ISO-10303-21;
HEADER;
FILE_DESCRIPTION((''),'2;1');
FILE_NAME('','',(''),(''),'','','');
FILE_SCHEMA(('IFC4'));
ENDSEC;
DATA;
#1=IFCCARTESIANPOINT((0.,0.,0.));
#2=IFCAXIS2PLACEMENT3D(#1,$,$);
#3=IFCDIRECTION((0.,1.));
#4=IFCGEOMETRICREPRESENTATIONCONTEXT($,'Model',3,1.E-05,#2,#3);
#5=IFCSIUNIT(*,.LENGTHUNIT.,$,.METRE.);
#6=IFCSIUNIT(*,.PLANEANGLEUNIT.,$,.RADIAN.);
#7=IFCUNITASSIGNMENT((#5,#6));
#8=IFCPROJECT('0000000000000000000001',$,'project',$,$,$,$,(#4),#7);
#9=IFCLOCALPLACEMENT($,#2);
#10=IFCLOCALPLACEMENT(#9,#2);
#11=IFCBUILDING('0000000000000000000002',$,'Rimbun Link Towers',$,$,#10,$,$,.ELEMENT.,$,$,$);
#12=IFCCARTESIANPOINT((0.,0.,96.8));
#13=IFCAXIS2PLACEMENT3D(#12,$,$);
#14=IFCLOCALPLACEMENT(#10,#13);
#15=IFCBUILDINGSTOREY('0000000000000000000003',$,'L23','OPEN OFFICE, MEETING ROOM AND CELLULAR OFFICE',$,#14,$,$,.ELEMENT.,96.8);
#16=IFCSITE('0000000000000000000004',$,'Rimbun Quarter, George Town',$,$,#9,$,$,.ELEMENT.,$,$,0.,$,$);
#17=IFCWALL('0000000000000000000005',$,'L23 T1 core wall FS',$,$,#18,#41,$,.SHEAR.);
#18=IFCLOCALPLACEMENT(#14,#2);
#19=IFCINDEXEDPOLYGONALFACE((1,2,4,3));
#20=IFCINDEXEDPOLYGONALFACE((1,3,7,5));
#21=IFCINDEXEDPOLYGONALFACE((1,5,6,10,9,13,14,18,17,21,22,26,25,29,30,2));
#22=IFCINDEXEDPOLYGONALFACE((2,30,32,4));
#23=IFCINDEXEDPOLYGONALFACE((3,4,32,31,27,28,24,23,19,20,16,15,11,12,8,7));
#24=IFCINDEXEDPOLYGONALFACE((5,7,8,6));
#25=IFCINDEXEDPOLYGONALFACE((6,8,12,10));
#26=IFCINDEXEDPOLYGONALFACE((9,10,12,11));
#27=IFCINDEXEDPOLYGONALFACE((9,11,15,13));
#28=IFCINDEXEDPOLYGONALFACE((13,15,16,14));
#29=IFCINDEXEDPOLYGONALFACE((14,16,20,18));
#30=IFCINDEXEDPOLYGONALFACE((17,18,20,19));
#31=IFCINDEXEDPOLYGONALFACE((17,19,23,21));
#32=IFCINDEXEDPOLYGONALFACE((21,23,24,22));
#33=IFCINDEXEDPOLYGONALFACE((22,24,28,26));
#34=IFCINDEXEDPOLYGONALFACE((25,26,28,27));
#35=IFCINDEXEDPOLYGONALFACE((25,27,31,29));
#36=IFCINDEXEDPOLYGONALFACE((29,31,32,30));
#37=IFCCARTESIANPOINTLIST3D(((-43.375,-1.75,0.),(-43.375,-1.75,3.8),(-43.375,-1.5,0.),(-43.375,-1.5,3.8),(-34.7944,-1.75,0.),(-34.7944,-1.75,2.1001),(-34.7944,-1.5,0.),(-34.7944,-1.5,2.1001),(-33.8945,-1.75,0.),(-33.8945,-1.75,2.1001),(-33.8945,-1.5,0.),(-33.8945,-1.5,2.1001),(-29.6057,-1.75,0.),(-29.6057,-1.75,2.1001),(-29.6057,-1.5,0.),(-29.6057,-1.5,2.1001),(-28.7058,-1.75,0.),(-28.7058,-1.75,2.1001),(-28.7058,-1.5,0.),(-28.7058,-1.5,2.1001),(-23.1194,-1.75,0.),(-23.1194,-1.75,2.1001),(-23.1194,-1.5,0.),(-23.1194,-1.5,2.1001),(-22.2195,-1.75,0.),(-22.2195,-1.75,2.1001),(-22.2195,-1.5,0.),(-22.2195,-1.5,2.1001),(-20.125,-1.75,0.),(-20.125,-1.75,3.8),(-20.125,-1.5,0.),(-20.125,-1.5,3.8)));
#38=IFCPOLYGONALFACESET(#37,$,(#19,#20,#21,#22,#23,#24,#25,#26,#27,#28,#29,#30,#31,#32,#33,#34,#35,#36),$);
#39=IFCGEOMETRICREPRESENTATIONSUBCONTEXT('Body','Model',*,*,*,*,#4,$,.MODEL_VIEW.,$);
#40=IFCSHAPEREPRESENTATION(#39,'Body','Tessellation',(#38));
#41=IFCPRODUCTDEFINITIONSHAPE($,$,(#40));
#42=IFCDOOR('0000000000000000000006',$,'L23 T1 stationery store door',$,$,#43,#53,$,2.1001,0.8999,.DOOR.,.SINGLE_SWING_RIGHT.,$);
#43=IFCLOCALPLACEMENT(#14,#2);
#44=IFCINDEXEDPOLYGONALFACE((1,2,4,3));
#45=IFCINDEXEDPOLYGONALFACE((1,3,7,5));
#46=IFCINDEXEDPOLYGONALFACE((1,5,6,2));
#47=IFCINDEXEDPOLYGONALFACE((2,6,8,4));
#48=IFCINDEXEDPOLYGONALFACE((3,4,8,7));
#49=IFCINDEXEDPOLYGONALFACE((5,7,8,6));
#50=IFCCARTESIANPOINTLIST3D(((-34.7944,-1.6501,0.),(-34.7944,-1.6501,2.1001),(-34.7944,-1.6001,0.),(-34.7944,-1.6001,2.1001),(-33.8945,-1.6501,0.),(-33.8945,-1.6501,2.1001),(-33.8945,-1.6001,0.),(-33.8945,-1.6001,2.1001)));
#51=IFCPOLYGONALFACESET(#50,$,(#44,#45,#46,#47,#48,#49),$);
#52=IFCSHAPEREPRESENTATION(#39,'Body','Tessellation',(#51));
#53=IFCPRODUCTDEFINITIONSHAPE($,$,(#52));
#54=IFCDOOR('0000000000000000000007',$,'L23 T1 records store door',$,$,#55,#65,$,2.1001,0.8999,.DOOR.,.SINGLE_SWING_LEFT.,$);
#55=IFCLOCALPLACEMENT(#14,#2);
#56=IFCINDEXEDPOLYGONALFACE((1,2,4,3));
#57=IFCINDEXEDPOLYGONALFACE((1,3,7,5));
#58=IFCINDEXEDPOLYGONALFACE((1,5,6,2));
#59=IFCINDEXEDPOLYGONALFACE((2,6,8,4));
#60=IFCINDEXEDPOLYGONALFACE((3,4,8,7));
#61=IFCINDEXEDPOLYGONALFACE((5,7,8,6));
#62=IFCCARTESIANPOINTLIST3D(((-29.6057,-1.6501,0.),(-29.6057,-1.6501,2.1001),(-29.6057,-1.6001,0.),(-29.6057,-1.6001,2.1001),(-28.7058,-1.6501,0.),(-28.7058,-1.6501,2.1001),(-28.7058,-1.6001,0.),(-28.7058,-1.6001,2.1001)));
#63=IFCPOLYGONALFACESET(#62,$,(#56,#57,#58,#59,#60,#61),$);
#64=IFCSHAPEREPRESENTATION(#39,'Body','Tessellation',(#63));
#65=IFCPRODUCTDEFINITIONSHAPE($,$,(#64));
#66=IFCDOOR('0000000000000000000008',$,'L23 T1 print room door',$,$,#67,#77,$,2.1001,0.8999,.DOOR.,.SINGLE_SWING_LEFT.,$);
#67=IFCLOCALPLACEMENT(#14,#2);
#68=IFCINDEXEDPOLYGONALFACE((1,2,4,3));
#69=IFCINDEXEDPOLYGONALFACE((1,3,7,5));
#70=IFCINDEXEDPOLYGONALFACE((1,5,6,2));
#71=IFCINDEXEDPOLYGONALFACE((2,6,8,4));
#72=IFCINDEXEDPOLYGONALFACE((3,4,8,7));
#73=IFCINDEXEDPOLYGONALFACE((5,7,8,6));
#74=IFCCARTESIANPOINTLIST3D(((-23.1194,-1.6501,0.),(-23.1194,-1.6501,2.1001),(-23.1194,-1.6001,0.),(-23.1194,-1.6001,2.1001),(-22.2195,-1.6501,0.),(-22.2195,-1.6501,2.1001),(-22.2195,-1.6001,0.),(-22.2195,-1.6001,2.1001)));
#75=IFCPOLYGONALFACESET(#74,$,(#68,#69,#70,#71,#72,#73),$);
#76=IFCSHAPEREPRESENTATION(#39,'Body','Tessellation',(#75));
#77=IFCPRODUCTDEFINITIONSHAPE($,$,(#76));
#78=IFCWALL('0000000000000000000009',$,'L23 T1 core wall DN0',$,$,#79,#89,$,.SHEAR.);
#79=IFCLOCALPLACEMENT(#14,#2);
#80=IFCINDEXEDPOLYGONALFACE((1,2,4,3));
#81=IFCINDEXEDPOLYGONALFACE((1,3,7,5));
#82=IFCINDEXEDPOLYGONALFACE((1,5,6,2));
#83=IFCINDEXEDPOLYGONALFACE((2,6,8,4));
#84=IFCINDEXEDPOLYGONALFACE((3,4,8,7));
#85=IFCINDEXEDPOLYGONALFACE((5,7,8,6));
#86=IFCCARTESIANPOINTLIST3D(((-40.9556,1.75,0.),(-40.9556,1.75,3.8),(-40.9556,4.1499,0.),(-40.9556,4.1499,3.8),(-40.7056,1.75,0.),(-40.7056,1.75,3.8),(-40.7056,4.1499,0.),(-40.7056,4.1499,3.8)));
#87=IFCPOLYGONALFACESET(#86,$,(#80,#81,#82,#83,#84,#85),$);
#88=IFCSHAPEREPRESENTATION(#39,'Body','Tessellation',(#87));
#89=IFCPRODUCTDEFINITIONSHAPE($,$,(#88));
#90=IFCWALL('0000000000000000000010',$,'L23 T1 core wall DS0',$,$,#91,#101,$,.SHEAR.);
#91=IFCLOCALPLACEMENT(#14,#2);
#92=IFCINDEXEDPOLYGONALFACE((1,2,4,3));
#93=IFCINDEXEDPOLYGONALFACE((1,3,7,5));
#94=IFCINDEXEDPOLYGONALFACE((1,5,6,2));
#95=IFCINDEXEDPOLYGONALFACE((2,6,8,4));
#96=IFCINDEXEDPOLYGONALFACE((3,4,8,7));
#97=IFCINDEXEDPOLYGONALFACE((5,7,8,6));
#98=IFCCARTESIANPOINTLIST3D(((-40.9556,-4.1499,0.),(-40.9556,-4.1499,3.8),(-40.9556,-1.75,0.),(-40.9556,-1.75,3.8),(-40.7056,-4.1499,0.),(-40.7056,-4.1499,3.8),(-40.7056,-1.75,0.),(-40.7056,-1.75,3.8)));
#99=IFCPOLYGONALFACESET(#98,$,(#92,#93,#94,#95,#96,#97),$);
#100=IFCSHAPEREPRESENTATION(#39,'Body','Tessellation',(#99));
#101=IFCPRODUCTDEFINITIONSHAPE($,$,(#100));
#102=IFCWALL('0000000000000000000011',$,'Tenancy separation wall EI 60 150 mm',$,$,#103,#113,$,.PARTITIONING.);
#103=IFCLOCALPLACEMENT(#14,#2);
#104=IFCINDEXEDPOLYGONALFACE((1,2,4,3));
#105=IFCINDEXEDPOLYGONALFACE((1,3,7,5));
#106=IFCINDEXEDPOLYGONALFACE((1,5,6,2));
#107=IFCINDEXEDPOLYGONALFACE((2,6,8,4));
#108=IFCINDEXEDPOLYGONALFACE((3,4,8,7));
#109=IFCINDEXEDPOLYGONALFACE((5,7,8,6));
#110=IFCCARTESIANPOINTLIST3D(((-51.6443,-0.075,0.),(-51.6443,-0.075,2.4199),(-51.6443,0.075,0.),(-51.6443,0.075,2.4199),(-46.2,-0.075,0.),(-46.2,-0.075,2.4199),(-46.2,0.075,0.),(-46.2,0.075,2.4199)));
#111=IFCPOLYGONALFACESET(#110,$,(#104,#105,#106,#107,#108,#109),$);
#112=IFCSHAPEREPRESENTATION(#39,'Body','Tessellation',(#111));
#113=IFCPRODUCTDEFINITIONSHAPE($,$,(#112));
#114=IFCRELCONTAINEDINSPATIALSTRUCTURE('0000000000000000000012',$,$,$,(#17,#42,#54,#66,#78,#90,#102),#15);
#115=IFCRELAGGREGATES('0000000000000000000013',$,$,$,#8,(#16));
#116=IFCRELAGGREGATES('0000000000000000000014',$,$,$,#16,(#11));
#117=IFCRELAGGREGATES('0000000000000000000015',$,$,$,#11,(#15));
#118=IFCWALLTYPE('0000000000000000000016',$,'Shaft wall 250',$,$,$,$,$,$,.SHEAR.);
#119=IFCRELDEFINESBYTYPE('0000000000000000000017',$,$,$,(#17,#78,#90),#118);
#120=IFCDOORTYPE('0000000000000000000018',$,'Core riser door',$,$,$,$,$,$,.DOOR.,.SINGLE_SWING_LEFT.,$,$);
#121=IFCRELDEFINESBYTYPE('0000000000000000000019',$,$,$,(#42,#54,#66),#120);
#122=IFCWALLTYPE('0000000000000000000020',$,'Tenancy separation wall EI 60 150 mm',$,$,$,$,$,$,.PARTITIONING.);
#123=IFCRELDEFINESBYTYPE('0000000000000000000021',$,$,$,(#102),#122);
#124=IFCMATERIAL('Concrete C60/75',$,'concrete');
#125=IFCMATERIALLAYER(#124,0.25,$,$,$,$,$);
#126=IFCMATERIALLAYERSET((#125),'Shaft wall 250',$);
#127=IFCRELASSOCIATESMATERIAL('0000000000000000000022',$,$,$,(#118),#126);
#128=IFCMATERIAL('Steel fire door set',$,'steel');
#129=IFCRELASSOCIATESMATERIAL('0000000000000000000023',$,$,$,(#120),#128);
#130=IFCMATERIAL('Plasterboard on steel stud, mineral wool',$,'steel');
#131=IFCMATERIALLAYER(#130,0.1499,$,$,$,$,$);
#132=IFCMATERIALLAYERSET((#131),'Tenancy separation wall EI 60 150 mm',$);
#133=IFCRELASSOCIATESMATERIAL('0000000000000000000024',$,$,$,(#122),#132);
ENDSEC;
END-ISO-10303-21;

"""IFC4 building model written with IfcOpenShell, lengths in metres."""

from ifc_helpers import new_model, si_unit, direction, frame, frame_2d, origin, place, context, subcontext, project, spatial, rectangle, extrude, material, layer, layer_set, type_object, element, fill, save


model = new_model("IFC4")

# Units and contexts
model_context = context("Model", 3, precision=1e-05, world=origin(), true_north=direction((0.0, 1.0)))
body_context = subcontext(model_context, "Body", "Model", "MODEL_VIEW")
ifc_project = project(units=[si_unit("LENGTHUNIT", "METRE"), si_unit("PLANEANGLEUNIT", "RADIAN")], contexts=[model_context])

# Site, building, storey
site_placement = place(None, origin())
site = spatial("IfcSite", under=ifc_project, at=site_placement, Name="Rimbun Quarter, George Town", CompositionType="ELEMENT", RefElevation=0.0)
building_placement = place(site_placement, origin())
building = spatial("IfcBuilding", under=site, at=building_placement, Name="Rimbun Link Towers", CompositionType="ELEMENT")
storey_placement = place(building_placement, frame((0.0, 0.0, 96.8)))
storey = spatial("IfcBuildingStorey", under=building, at=storey_placement, Name="L23", Description="OPEN OFFICE, MEETING ROOM AND CELLULAR OFFICE", CompositionType="ELEMENT", Elevation=96.8)

# Shared definitions
ifc_material_1 = material(Name="Concrete C60/75", Category="concrete")
ifc_layer_1 = layer(ifc_material_1, 0.25)
ifc_layer_set_1 = layer_set([ifc_layer_1], Name="Shaft wall 250")
wall_type_1 = type_object("IfcWallType", Name="Shaft wall 250", PredefinedType="SHEAR", material=ifc_layer_set_1)

# Wall, openings, doors
wall_1_placement = place(storey_placement, frame((-43.375, -1.625, 0.0), z_axis=(0.0, 0.0, 1.0), x_axis=(1.0, 0.0, 0.0)))
wall_1 = element("IfcWall", 1, at=wall_1_placement, inside=storey, type_object=wall_type_1, Name="L23 T1 core wall FS", PredefinedType="SHEAR", context=body_context, shape_type="SweptSolid", body=[
    extrude(rectangle(XDim=23.25, YDim=0.25, at=frame_2d((11.625, 0.0))), origin(), (0.0, 0.0, 1.0), 3.8),
])
opening_1_placement = place(wall_1_placement, frame((8.5806, 0.0, 0.0)))
opening_1 = element("IfcOpeningElement", 2, at=opening_1_placement, cuts=wall_1, PredefinedType="OPENING", context=body_context, shape_type="SweptSolid", body=[
    extrude(rectangle(XDim=0.8999, YDim=2.1001, at=frame_2d((0.45, 1.05))), frame((0.0, 0.135, 0.0), z_axis=(0.0, -1.0, 0.0), x_axis=(1.0, 0.0, 0.0)), (0.0, 0.0, 1.0), 0.27),
])
opening_2_placement = place(wall_1_placement, frame((13.7693, 0.0, 0.0)))
opening_2 = element("IfcOpeningElement", 3, at=opening_2_placement, cuts=wall_1, PredefinedType="OPENING", context=body_context, shape_type="SweptSolid", body=[
    extrude(rectangle(XDim=0.8999, YDim=2.1001, at=frame_2d((0.45, 1.05))), frame((0.0, 0.135, 0.0), z_axis=(0.0, -1.0, 0.0), x_axis=(1.0, 0.0, 0.0)), (0.0, 0.0, 1.0), 0.27),
])
opening_3_placement = place(wall_1_placement, frame((20.2556, 0.0, 0.0)))
opening_3 = element("IfcOpeningElement", 4, at=opening_3_placement, cuts=wall_1, PredefinedType="OPENING", context=body_context, shape_type="SweptSolid", body=[
    extrude(rectangle(XDim=0.8999, YDim=2.1001, at=frame_2d((0.45, 1.05))), frame((0.0, 0.135, 0.0), z_axis=(0.0, -1.0, 0.0), x_axis=(1.0, 0.0, 0.0)), (0.0, 0.0, 1.0), 0.27),
])
ifc_material_2 = material(Name="Steel fire door set", Category="steel")
door_type_1 = type_object("IfcDoorType", Name="Core riser door", OperationType="SINGLE_SWING_LEFT", PredefinedType="DOOR", material=ifc_material_2)
door_1_placement = place(opening_1_placement, origin())
door_1 = element("IfcDoor", 5, at=door_1_placement, inside=storey, type_object=door_type_1, Name="L23 T1 stationery store door", OperationType="SINGLE_SWING_RIGHT", OverallHeight=2.1001, OverallWidth=0.8999, PredefinedType="DOOR", context=body_context, shape_type="SweptSolid", body=[
    extrude(rectangle(XDim=0.8999, YDim=2.1001, at=frame_2d((0.45, 1.05))), frame((0.0, 0.0249, 0.0), z_axis=(0.0, -1.0, 0.0), x_axis=(1.0, 0.0, 0.0)), (0.0, 0.0, 1.0), 0.05),
])
fill(opening_1, door_1)
door_2_placement = place(opening_2_placement, origin())
door_2 = element("IfcDoor", 6, at=door_2_placement, inside=storey, type_object=door_type_1, Name="L23 T1 records store door", OperationType="SINGLE_SWING_LEFT", OverallHeight=2.1001, OverallWidth=0.8999, PredefinedType="DOOR", context=body_context, shape_type="SweptSolid", body=[
    extrude(rectangle(XDim=0.8999, YDim=2.1001, at=frame_2d((0.45, 1.05))), frame((0.0, 0.0249, 0.0), z_axis=(0.0, -1.0, 0.0), x_axis=(1.0, 0.0, 0.0)), (0.0, 0.0, 1.0), 0.05),
])
fill(opening_2, door_2)
door_3_placement = place(opening_3_placement, origin())
door_3 = element("IfcDoor", 7, at=door_3_placement, inside=storey, type_object=door_type_1, Name="L23 T1 print room door", OperationType="SINGLE_SWING_LEFT", OverallHeight=2.1001, OverallWidth=0.8999, PredefinedType="DOOR", context=body_context, shape_type="SweptSolid", body=[
    extrude(rectangle(XDim=0.8999, YDim=2.1001, at=frame_2d((0.45, 1.05))), frame((0.0, 0.0249, 0.0), z_axis=(0.0, -1.0, 0.0), x_axis=(1.0, 0.0, 0.0)), (0.0, 0.0, 1.0), 0.05),
])
fill(opening_3, door_3)

# Walls
for number, where, z_axis, x_axis, name in (
    (8, (-40.8306, 1.75, 0.0), (0.0, 0.0, 1.0), (0.0, 1.0, 0.0), "L23 T1 core wall DN0"),
    (9, (-40.8306, -4.1499, 0.0), (0.0, 0.0, 1.0), (0.0, 1.0, 0.0), "L23 T1 core wall DS0"),
):
    element("IfcWall", number, at=place(storey_placement, frame(where, z_axis=z_axis, x_axis=x_axis)), inside=storey, type_object=wall_type_1, Name=name, PredefinedType="SHEAR", context=body_context, shape_type="SweptSolid", body=[
        extrude(rectangle(XDim=2.3999, YDim=0.25, at=frame_2d((1.2, 0.0))), origin(), (0.0, 0.0, 1.0), 3.8),
    ])
ifc_material_3 = material(Name="Plasterboard on steel stud, mineral wool", Category="steel")
ifc_layer_2 = layer(ifc_material_3, 0.1499)
ifc_layer_set_2 = layer_set([ifc_layer_2], Name="Tenancy separation wall EI 60 150 mm")
wall_type_2 = type_object("IfcWallType", Name="Tenancy separation wall EI 60 150 mm", PredefinedType="PARTITIONING", material=ifc_layer_set_2)
wall_2_placement = place(storey_placement, frame((-46.2, 0.0, 0.0), z_axis=(0.0, 0.0, 1.0), x_axis=(-1.0, 0.0, 0.0)))
element("IfcWall", 10, at=wall_2_placement, inside=storey, type_object=wall_type_2, Name="Tenancy separation wall EI 60 150 mm", PredefinedType="PARTITIONING", context=body_context, shape_type="SweptSolid", body=[
    extrude(rectangle(XDim=5.4443, YDim=0.1499, at=frame_2d((2.7222, 0.0))), origin(), (0.0, 0.0, 1.0), 2.4199),
])

save(model, "model.ifc")
